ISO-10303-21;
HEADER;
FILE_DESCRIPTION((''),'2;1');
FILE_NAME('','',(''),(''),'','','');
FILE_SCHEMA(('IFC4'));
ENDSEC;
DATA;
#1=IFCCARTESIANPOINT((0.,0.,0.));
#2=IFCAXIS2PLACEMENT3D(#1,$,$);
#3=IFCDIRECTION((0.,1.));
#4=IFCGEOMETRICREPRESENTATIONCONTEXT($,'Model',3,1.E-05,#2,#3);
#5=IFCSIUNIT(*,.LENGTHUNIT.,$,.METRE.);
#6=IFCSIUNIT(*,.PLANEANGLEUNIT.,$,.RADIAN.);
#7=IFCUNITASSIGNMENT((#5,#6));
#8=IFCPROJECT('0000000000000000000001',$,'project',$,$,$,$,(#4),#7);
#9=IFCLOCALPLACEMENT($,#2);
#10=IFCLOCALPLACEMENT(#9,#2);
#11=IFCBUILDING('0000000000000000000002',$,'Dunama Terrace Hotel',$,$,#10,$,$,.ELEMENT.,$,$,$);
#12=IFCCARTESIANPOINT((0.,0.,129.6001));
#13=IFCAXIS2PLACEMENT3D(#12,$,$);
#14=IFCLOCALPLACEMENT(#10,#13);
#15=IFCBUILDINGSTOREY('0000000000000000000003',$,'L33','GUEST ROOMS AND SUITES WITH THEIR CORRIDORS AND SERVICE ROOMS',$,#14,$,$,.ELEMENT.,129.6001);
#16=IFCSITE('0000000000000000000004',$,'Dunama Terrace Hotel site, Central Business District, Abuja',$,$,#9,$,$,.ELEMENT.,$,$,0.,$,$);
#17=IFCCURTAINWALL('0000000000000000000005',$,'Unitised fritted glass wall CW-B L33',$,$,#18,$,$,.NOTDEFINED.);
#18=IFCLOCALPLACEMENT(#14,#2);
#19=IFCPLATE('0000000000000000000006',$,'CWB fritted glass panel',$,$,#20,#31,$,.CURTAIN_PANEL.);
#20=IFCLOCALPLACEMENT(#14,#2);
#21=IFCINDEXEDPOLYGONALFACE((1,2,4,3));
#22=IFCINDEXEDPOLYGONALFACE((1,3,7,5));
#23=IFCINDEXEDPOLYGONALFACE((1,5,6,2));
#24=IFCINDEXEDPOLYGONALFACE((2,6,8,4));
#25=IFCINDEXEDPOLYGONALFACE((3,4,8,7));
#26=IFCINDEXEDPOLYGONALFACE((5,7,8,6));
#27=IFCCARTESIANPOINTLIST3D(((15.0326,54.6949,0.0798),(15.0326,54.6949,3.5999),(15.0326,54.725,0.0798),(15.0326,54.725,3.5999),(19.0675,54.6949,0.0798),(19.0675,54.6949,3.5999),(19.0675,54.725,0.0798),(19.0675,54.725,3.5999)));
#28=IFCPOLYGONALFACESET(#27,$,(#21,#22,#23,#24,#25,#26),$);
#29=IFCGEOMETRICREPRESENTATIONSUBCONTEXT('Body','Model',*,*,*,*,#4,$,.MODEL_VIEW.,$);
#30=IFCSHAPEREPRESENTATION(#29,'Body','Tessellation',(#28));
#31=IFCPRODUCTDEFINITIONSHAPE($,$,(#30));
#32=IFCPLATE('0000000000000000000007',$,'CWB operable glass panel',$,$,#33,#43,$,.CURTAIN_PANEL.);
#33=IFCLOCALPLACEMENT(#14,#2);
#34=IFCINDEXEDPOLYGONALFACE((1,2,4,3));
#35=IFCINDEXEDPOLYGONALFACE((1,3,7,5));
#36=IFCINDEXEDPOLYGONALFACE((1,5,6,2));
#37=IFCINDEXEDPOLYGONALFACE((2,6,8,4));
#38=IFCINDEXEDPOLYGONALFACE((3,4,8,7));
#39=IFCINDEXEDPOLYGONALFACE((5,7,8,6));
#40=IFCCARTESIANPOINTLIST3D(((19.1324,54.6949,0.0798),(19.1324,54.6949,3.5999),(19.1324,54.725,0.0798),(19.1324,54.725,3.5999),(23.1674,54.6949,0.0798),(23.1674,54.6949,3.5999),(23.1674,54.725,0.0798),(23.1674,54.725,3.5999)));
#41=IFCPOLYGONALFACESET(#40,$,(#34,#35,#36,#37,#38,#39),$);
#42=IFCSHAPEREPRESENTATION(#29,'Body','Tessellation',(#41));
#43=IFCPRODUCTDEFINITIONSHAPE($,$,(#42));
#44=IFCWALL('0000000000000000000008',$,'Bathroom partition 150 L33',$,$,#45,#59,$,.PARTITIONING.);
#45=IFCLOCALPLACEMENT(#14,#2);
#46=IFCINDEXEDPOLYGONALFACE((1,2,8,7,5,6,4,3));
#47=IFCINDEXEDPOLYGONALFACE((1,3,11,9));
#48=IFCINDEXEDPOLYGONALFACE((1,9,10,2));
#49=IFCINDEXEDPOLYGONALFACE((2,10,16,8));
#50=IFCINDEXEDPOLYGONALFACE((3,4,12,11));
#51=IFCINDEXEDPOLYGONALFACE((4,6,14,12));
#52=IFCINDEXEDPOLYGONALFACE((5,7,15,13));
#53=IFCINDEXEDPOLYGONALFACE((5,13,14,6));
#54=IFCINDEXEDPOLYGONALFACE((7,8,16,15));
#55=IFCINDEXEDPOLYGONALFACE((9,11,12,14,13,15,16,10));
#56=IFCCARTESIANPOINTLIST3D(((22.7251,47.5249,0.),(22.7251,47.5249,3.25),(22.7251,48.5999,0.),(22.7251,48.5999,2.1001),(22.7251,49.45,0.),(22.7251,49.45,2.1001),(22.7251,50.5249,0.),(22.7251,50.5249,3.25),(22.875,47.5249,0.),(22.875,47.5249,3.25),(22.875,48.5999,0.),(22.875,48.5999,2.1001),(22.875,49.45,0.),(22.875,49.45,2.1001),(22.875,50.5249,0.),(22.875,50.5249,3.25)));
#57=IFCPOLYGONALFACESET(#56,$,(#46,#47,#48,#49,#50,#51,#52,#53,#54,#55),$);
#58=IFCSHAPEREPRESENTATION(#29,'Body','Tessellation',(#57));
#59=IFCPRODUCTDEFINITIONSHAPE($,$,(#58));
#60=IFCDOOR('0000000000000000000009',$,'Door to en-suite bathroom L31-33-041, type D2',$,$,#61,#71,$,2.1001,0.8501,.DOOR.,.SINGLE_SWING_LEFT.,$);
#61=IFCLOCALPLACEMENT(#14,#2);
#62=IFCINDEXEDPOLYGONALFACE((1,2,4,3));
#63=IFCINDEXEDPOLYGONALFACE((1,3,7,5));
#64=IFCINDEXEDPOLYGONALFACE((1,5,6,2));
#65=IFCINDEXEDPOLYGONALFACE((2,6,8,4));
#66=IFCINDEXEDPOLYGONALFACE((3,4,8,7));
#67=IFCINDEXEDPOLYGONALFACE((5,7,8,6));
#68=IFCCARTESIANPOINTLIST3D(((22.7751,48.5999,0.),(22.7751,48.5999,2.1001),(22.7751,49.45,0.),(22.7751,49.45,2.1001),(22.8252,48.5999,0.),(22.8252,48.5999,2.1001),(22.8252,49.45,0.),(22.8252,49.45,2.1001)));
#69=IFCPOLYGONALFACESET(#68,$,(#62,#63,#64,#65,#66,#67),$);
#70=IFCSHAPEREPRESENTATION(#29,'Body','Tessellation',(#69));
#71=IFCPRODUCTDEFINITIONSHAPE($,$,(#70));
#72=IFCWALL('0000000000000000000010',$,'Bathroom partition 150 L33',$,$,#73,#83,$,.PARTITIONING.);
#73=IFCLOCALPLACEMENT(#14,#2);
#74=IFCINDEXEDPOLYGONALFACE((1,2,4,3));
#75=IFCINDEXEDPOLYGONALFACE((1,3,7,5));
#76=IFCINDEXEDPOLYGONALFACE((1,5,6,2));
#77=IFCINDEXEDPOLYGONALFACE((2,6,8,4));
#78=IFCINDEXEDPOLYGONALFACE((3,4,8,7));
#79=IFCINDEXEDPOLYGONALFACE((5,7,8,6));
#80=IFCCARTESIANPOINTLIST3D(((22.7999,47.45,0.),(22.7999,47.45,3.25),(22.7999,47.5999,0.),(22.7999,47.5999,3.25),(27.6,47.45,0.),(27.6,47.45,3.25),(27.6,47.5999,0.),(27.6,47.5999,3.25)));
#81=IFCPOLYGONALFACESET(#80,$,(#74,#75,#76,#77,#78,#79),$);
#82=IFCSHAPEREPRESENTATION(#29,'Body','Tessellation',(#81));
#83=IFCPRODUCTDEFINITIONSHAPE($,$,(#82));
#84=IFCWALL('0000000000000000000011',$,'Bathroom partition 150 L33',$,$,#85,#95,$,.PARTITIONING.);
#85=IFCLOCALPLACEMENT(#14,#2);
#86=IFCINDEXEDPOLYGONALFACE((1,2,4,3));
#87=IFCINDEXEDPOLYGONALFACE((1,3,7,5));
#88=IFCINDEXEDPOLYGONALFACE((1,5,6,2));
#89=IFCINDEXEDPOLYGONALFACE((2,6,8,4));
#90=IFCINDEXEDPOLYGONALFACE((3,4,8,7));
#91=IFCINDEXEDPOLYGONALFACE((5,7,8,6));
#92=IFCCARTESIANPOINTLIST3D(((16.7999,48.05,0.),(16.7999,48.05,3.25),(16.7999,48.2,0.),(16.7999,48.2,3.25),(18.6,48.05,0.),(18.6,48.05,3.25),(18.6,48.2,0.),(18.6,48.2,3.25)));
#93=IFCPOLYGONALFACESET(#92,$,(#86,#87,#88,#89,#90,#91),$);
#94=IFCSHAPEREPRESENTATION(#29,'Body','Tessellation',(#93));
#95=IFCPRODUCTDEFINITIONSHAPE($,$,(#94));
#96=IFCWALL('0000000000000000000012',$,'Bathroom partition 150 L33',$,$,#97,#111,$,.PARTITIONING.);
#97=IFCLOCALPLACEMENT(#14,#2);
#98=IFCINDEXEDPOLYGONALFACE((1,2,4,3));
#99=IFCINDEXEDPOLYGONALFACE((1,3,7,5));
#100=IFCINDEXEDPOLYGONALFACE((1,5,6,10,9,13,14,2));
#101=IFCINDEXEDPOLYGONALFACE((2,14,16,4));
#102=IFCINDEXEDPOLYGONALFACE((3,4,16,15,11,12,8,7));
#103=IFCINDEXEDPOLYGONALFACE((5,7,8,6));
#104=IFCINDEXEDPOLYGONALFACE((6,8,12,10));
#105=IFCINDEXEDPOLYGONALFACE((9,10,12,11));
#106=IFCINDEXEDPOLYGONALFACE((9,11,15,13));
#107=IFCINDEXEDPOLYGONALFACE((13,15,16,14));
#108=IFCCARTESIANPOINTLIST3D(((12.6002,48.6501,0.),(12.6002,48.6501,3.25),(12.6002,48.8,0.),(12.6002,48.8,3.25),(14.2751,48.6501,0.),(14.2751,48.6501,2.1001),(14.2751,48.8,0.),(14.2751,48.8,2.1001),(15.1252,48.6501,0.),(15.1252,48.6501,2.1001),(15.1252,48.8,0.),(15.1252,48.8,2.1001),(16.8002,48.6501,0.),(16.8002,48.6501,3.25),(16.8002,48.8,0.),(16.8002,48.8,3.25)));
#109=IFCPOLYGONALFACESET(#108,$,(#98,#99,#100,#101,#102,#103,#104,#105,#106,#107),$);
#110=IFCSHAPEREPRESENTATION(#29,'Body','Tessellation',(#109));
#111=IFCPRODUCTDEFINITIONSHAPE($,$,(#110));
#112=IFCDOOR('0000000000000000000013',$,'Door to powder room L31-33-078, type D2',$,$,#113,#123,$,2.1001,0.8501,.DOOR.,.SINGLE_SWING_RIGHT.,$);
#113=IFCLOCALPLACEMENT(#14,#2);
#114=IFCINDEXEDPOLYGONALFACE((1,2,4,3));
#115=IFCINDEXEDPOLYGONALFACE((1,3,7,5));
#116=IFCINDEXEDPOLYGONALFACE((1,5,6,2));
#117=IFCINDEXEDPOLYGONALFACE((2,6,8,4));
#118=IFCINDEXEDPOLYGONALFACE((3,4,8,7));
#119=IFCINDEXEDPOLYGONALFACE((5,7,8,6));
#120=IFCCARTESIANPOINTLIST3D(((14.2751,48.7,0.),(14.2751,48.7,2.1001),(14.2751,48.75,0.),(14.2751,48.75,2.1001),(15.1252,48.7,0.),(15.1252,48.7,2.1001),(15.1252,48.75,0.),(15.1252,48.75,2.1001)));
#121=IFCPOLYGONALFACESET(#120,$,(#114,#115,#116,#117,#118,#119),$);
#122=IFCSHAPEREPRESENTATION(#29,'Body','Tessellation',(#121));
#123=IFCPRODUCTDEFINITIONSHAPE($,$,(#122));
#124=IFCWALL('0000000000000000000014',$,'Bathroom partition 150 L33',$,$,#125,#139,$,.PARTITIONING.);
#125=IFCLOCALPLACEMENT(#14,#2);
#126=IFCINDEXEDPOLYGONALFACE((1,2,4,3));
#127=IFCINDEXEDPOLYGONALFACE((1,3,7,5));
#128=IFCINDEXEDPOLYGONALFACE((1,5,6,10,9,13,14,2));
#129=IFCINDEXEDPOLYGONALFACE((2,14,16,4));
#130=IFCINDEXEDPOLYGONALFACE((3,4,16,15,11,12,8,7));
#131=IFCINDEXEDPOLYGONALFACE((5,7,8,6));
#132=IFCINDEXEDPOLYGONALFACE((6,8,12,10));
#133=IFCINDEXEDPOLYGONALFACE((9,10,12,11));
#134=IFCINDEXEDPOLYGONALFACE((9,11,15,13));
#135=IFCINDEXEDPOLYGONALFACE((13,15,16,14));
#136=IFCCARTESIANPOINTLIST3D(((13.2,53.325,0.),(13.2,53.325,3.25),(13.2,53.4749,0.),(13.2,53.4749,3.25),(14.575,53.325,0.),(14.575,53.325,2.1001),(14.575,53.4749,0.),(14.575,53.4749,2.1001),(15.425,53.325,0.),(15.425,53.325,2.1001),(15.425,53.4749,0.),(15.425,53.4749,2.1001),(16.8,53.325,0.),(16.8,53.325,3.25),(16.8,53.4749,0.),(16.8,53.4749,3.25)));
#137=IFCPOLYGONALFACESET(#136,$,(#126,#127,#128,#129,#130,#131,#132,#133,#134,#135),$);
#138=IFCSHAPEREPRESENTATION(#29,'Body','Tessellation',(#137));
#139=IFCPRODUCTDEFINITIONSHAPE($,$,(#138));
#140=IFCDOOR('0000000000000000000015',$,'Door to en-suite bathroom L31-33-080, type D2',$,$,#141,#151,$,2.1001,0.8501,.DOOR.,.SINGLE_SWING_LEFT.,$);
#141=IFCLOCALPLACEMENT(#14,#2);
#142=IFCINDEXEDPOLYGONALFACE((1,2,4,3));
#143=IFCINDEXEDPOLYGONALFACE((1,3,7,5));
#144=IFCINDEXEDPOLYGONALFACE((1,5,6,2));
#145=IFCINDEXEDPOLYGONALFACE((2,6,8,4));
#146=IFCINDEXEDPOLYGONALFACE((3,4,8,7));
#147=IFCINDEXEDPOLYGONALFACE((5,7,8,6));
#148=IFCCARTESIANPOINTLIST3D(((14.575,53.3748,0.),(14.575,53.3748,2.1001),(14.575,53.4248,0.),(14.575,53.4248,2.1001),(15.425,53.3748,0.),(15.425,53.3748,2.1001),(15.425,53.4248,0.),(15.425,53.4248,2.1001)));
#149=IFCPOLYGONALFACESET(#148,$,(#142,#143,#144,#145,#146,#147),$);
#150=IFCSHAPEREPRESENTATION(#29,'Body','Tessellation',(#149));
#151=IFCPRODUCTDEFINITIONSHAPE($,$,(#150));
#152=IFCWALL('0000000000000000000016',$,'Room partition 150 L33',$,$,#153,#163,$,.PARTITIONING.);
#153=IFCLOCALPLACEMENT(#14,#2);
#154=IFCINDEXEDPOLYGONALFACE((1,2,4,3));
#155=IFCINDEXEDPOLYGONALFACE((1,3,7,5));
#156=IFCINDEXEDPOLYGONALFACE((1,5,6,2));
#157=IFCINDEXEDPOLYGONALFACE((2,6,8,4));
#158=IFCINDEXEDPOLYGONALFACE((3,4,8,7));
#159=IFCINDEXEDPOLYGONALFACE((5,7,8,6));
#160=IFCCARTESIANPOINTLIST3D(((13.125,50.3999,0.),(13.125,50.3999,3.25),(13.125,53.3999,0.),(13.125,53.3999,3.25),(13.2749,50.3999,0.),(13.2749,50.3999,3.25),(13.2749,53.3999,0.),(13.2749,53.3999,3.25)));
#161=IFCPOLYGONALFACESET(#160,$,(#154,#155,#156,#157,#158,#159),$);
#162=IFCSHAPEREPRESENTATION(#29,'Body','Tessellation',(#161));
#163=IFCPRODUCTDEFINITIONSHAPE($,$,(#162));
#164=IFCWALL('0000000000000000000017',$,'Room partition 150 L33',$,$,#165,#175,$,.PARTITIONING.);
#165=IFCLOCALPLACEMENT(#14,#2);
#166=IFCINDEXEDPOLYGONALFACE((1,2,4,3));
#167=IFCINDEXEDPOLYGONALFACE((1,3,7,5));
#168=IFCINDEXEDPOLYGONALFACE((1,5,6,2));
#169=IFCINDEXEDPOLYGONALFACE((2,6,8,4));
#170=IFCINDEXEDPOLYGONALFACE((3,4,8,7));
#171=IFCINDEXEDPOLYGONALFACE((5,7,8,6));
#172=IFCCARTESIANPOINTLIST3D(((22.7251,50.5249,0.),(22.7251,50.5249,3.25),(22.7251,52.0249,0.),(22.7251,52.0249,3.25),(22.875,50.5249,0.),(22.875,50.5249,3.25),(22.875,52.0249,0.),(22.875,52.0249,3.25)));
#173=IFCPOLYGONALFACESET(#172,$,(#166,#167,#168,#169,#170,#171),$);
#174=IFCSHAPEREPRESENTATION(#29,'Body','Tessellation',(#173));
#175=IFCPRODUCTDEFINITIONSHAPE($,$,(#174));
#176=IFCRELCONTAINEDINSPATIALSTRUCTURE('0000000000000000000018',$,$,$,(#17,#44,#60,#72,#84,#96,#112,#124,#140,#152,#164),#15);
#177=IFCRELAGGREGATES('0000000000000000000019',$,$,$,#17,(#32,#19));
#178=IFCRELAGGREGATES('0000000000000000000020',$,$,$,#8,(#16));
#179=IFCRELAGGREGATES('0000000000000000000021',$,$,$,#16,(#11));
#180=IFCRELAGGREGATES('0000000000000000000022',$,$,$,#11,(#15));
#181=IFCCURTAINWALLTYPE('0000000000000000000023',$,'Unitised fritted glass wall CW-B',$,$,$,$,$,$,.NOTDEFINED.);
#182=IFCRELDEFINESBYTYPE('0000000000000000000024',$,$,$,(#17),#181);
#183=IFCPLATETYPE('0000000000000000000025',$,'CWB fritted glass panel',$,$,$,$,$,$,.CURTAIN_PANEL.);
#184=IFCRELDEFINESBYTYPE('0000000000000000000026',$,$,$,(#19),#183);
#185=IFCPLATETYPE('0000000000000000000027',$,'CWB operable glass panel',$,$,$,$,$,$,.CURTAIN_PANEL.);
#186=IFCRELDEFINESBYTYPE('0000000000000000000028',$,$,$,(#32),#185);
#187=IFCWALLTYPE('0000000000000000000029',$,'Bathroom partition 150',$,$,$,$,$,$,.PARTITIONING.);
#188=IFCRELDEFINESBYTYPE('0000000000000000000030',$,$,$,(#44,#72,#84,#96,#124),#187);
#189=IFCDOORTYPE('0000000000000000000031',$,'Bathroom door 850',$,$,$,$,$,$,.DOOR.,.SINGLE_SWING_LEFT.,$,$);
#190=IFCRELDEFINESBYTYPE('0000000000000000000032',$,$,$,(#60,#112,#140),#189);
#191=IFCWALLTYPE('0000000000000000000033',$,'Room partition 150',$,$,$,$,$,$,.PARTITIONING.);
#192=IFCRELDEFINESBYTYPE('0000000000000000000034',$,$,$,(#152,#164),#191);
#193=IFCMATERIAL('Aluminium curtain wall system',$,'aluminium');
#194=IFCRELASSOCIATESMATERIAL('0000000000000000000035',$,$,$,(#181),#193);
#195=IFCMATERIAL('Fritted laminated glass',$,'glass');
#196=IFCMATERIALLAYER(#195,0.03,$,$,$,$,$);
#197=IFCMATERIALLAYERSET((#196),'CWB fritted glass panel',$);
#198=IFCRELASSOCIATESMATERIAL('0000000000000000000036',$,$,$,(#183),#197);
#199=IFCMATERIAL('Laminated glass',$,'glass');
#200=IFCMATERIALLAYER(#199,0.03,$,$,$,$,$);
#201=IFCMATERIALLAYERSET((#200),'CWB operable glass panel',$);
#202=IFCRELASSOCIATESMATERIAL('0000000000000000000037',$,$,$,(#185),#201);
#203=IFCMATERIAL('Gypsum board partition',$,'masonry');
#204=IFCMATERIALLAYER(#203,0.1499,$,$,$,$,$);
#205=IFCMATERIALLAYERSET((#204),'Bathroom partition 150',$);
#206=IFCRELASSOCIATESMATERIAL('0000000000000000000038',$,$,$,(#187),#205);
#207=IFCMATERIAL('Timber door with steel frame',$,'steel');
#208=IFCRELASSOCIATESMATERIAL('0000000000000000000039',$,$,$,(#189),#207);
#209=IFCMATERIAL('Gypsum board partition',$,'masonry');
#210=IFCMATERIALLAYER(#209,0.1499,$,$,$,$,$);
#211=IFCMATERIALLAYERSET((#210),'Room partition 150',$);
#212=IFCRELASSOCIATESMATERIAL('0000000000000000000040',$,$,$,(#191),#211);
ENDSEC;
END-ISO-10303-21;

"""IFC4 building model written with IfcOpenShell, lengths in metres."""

from ifc_helpers import new_model, si_unit, direction, frame, frame_2d, origin, origin_2d, place, context, subcontext, project, spatial, rectangle, extrude, material, layer, layer_set, type_object, element, fill, aggregate, save


model = new_model("IFC4")

# Units and contexts
model_context = context("Model", 3, precision=1e-05, world=origin(), true_north=direction((0.0, 1.0)))
body_context = subcontext(model_context, "Body", "Model", "MODEL_VIEW")
ifc_project = project(units=[si_unit("LENGTHUNIT", "METRE"), si_unit("PLANEANGLEUNIT", "RADIAN")], contexts=[model_context])

# Site, building, storey
site_placement = place(None, origin())
site = spatial("IfcSite", under=ifc_project, at=site_placement, Name="Dunama Terrace Hotel site, Central Business District, Abuja", CompositionType="ELEMENT", RefElevation=0.0)
building_placement = place(site_placement, origin())
building = spatial("IfcBuilding", under=site, at=building_placement, Name="Dunama Terrace Hotel", CompositionType="ELEMENT")
storey_placement = place(building_placement, frame((0.0, 0.0, 129.6001)))
storey = spatial("IfcBuildingStorey", under=building, at=storey_placement, Name="L33", Description="GUEST ROOMS AND SUITES WITH THEIR CORRIDORS AND SERVICE ROOMS", CompositionType="ELEMENT", Elevation=129.6001)

# Curtain wall
ifc_material_1 = material(Name="Aluminium curtain wall system", Category="aluminium")
curtain_wall_type = type_object("IfcCurtainWallType", Name="Unitised fritted glass wall CW-B", PredefinedType="NOTDEFINED", material=ifc_material_1)
curtain_wall_placement = place(storey_placement, origin())
curtain_wall = element("IfcCurtainWall", 1, at=curtain_wall_placement, inside=storey, type_object=curtain_wall_type, Name="Unitised fritted glass wall CW-B L33", PredefinedType="NOTDEFINED")

# Plates
ifc_material_2 = material(Name="Fritted laminated glass", Category="glass")
ifc_layer_1 = layer(ifc_material_2, 0.03)
ifc_layer_set_1 = layer_set([ifc_layer_1], Name="CWB fritted glass panel")
plate_type_1 = type_object("IfcPlateType", Name="CWB fritted glass panel", PredefinedType="CURTAIN_PANEL", material=ifc_layer_set_1)
plate_1_placement = place(storey_placement, frame((17.05, 54.71, 0.0798), z_axis=(0.0, 0.0, 1.0), x_axis=(-1.0, 0.0, 0.0)))
plate_1 = element("IfcPlate", 2, at=plate_1_placement, type_object=plate_type_1, Name="CWB fritted glass panel", PredefinedType="CURTAIN_PANEL", context=body_context, shape_type="SweptSolid", body=[
    extrude(rectangle(XDim=4.0349, YDim=0.03, at=origin_2d()), origin(), (0.0, 0.0, 1.0), 3.52),
])
ifc_material_3 = material(Name="Laminated glass", Category="glass")
ifc_layer_2 = layer(ifc_material_3, 0.03)
ifc_layer_set_2 = layer_set([ifc_layer_2], Name="CWB operable glass panel")
plate_type_2 = type_object("IfcPlateType", Name="CWB operable glass panel", PredefinedType="CURTAIN_PANEL", material=ifc_layer_set_2)
plate_2_placement = place(storey_placement, frame((21.1499, 54.71, 0.0798), z_axis=(0.0, 0.0, 1.0), x_axis=(-1.0, 0.0, 0.0)))
plate_2 = element("IfcPlate", 3, at=plate_2_placement, type_object=plate_type_2, Name="CWB operable glass panel", PredefinedType="CURTAIN_PANEL", context=body_context, shape_type="SweptSolid", body=[
    extrude(rectangle(XDim=4.0349, YDim=0.03, at=origin_2d()), origin(), (0.0, 0.0, 1.0), 3.52),
])
aggregate(curtain_wall, [plate_2, plate_1])

# Wall, opening, door
ifc_material_4 = material(Name="Gypsum board partition", Category="masonry")
ifc_layer_3 = layer(ifc_material_4, 0.1499)
ifc_layer_set_3 = layer_set([ifc_layer_3], Name="Bathroom partition 150")
wall_type_1 = type_object("IfcWallType", Name="Bathroom partition 150", PredefinedType="PARTITIONING", material=ifc_layer_set_3)
wall_1_placement = place(storey_placement, frame((22.8, 47.5249, 0.0), z_axis=(0.0, 0.0, 1.0), x_axis=(0.0, 1.0, 0.0)))
wall_1 = element("IfcWall", 4, at=wall_1_placement, inside=storey, type_object=wall_type_1, Name="Bathroom partition 150 L33", PredefinedType="PARTITIONING", context=body_context, shape_type="SweptSolid", body=[
    extrude(rectangle(XDim=3.0, YDim=0.1499, at=frame_2d((1.5, 0.0))), origin(), (0.0, 0.0, 1.0), 3.25),
])
opening_1_placement = place(wall_1_placement, frame((1.075, 0.0, 0.0)))
opening_1 = element("IfcOpeningElement", 5, at=opening_1_placement, cuts=wall_1, PredefinedType="OPENING", context=body_context, shape_type="SweptSolid", body=[
    extrude(rectangle(XDim=0.8501, YDim=2.1001, at=frame_2d((0.425, 1.05))), frame((0.0, 0.085, 0.0), z_axis=(0.0, -1.0, 0.0), x_axis=(1.0, 0.0, 0.0)), (0.0, 0.0, 1.0), 0.1699),
])
ifc_material_5 = material(Name="Timber door with steel frame", Category="steel")
door_type_1 = type_object("IfcDoorType", Name="Bathroom door 850", OperationType="SINGLE_SWING_LEFT", PredefinedType="DOOR", material=ifc_material_5)
door_1_placement = place(opening_1_placement, frame((0.8501, 0.0, 0.0), z_axis=(0.0, 0.0, 1.0), x_axis=(-1.0, 0.0, 0.0)))
door_1 = element("IfcDoor", 6, at=door_1_placement, inside=storey, type_object=door_type_1, Name="Door to en-suite bathroom L31-33-041, type D2", OperationType="SINGLE_SWING_LEFT", OverallHeight=2.1001, OverallWidth=0.8501, PredefinedType="DOOR", context=body_context, shape_type="SweptSolid", body=[
    extrude(rectangle(XDim=0.8501, YDim=2.1001, at=frame_2d((0.425, 1.05))), frame((0.0, 0.0251, 0.0), z_axis=(0.0, -1.0, 0.0), x_axis=(1.0, 0.0, 0.0)), (0.0, 0.0, 1.0), 0.05),
])
fill(opening_1, door_1)

# Walls
wall_2_placement = place(storey_placement, frame((22.8, 47.5249, 0.0), z_axis=(0.0, 0.0, 1.0), x_axis=(1.0, 0.0, 0.0)))
element("IfcWall", 7, at=wall_2_placement, inside=storey, type_object=wall_type_1, Name="Bathroom partition 150 L33", PredefinedType="PARTITIONING", context=body_context, shape_type="SweptSolid", body=[
    extrude(rectangle(XDim=4.8, YDim=0.1499, at=frame_2d((2.3999, 0.0))), origin(), (0.0, 0.0, 1.0), 3.25),
])
wall_3_placement = place(storey_placement, frame((16.8, 48.125, 0.0), z_axis=(0.0, 0.0, 1.0), x_axis=(1.0, 0.0, 0.0)))
element("IfcWall", 8, at=wall_3_placement, inside=storey, type_object=wall_type_1, Name="Bathroom partition 150 L33", PredefinedType="PARTITIONING", context=body_context, shape_type="SweptSolid", body=[
    extrude(rectangle(XDim=1.8, YDim=0.1499, at=frame_2d((0.8999, 0.0))), origin(), (0.0, 0.0, 1.0), 3.25),
])

# Walls, openings, doors
wall_4_placement = place(storey_placement, frame((12.6001, 48.7251, 0.0), z_axis=(0.0, 0.0, 1.0), x_axis=(1.0, 0.0, 0.0)))
wall_4 = element("IfcWall", 9, at=wall_4_placement, inside=storey, type_object=wall_type_1, Name="Bathroom partition 150 L33", PredefinedType="PARTITIONING", context=body_context, shape_type="SweptSolid", body=[
    extrude(rectangle(XDim=4.2, YDim=0.1499, at=frame_2d((2.1001, 0.0))), origin(), (0.0, 0.0, 1.0), 3.25),
])
opening_2_placement = place(wall_4_placement, frame((1.675, 0.0, 0.0)))
opening_2 = element("IfcOpeningElement", 10, at=opening_2_placement, cuts=wall_4, PredefinedType="OPENING", context=body_context, shape_type="SweptSolid", body=[
    extrude(rectangle(XDim=0.8501, YDim=2.1001, at=frame_2d((0.425, 1.05))), frame((0.0, 0.085, 0.0), z_axis=(0.0, -1.0, 0.0), x_axis=(1.0, 0.0, 0.0)), (0.0, 0.0, 1.0), 0.1699),
])
door_2_placement = place(opening_2_placement, frame((0.8501, 0.0, 0.0), z_axis=(0.0, 0.0, 1.0), x_axis=(-1.0, 0.0, 0.0)))
door_2 = element("IfcDoor", 11, at=door_2_placement, inside=storey, type_object=door_type_1, Name="Door to powder room L31-33-078, type D2", OperationType="SINGLE_SWING_RIGHT", OverallHeight=2.1001, OverallWidth=0.8501, PredefinedType="DOOR", context=body_context, shape_type="SweptSolid", body=[
    extrude(rectangle(XDim=0.8501, YDim=2.1001, at=frame_2d((0.425, 1.05))), frame((0.0, 0.0251, 0.0), z_axis=(0.0, -1.0, 0.0), x_axis=(1.0, 0.0, 0.0)), (0.0, 0.0, 1.0), 0.05),
])
fill(opening_2, door_2)
wall_5_placement = place(storey_placement, frame((13.2, 53.3999, 0.0), z_axis=(0.0, 0.0, 1.0), x_axis=(1.0, 0.0, 0.0)))
wall_5 = element("IfcWall", 12, at=wall_5_placement, inside=storey, type_object=wall_type_1, Name="Bathroom partition 150 L33", PredefinedType="PARTITIONING", context=body_context, shape_type="SweptSolid", body=[
    extrude(rectangle(XDim=3.6001, YDim=0.1499, at=frame_2d((1.8, 0.0))), origin(), (0.0, 0.0, 1.0), 3.25),
])
opening_3_placement = place(wall_5_placement, frame((1.375, 0.0, 0.0)))
opening_3 = element("IfcOpeningElement", 13, at=opening_3_placement, cuts=wall_5, PredefinedType="OPENING", context=body_context, shape_type="SweptSolid", body=[
    extrude(rectangle(XDim=0.8501, YDim=2.1001, at=frame_2d((0.425, 1.05))), frame((0.0, 0.085, 0.0), z_axis=(0.0, -1.0, 0.0), x_axis=(1.0, 0.0, 0.0)), (0.0, 0.0, 1.0), 0.1699),
])
door_3_placement = place(opening_3_placement, frame((0.8501, 0.0, 0.0), z_axis=(0.0, 0.0, 1.0), x_axis=(-1.0, 0.0, 0.0)))
door_3 = element("IfcDoor", 14, at=door_3_placement, inside=storey, type_object=door_type_1, Name="Door to en-suite bathroom L31-33-080, type D2", OperationType="SINGLE_SWING_LEFT", OverallHeight=2.1001, OverallWidth=0.8501, PredefinedType="DOOR", context=body_context, shape_type="SweptSolid", body=[
    extrude(rectangle(XDim=0.8501, YDim=2.1001, at=frame_2d((0.425, 1.05))), frame((0.0, 0.0251, 0.0), z_axis=(0.0, -1.0, 0.0), x_axis=(1.0, 0.0, 0.0)), (0.0, 0.0, 1.0), 0.05),
])
fill(opening_3, door_3)

# Walls
ifc_material_6 = material(Name="Gypsum board partition", Category="masonry")
ifc_layer_4 = layer(ifc_material_6, 0.1499)
ifc_layer_set_4 = layer_set([ifc_layer_4], Name="Room partition 150")
wall_type_2 = type_object("IfcWallType", Name="Room partition 150", PredefinedType="PARTITIONING", material=ifc_layer_set_4)
wall_6_placement = place(storey_placement, frame((13.2, 50.3999, 0.0), z_axis=(0.0, 0.0, 1.0), x_axis=(0.0, 1.0, 0.0)))
element("IfcWall", 15, at=wall_6_placement, inside=storey, type_object=wall_type_2, Name="Room partition 150 L33", PredefinedType="PARTITIONING", context=body_context, shape_type="SweptSolid", body=[
    extrude(rectangle(XDim=3.0, YDim=0.1499, at=frame_2d((1.5, 0.0))), origin(), (0.0, 0.0, 1.0), 3.25),
])
wall_7_placement = place(storey_placement, frame((22.8, 50.5249, 0.0), z_axis=(0.0, 0.0, 1.0), x_axis=(0.0, 1.0, 0.0)))
element("IfcWall", 16, at=wall_7_placement, inside=storey, type_object=wall_type_2, Name="Room partition 150 L33", PredefinedType="PARTITIONING", context=body_context, shape_type="SweptSolid", body=[
    extrude(rectangle(XDim=1.5, YDim=0.1499, at=frame_2d((0.75, 0.0))), origin(), (0.0, 0.0, 1.0), 3.25),
])

save(model, "model.ifc")
